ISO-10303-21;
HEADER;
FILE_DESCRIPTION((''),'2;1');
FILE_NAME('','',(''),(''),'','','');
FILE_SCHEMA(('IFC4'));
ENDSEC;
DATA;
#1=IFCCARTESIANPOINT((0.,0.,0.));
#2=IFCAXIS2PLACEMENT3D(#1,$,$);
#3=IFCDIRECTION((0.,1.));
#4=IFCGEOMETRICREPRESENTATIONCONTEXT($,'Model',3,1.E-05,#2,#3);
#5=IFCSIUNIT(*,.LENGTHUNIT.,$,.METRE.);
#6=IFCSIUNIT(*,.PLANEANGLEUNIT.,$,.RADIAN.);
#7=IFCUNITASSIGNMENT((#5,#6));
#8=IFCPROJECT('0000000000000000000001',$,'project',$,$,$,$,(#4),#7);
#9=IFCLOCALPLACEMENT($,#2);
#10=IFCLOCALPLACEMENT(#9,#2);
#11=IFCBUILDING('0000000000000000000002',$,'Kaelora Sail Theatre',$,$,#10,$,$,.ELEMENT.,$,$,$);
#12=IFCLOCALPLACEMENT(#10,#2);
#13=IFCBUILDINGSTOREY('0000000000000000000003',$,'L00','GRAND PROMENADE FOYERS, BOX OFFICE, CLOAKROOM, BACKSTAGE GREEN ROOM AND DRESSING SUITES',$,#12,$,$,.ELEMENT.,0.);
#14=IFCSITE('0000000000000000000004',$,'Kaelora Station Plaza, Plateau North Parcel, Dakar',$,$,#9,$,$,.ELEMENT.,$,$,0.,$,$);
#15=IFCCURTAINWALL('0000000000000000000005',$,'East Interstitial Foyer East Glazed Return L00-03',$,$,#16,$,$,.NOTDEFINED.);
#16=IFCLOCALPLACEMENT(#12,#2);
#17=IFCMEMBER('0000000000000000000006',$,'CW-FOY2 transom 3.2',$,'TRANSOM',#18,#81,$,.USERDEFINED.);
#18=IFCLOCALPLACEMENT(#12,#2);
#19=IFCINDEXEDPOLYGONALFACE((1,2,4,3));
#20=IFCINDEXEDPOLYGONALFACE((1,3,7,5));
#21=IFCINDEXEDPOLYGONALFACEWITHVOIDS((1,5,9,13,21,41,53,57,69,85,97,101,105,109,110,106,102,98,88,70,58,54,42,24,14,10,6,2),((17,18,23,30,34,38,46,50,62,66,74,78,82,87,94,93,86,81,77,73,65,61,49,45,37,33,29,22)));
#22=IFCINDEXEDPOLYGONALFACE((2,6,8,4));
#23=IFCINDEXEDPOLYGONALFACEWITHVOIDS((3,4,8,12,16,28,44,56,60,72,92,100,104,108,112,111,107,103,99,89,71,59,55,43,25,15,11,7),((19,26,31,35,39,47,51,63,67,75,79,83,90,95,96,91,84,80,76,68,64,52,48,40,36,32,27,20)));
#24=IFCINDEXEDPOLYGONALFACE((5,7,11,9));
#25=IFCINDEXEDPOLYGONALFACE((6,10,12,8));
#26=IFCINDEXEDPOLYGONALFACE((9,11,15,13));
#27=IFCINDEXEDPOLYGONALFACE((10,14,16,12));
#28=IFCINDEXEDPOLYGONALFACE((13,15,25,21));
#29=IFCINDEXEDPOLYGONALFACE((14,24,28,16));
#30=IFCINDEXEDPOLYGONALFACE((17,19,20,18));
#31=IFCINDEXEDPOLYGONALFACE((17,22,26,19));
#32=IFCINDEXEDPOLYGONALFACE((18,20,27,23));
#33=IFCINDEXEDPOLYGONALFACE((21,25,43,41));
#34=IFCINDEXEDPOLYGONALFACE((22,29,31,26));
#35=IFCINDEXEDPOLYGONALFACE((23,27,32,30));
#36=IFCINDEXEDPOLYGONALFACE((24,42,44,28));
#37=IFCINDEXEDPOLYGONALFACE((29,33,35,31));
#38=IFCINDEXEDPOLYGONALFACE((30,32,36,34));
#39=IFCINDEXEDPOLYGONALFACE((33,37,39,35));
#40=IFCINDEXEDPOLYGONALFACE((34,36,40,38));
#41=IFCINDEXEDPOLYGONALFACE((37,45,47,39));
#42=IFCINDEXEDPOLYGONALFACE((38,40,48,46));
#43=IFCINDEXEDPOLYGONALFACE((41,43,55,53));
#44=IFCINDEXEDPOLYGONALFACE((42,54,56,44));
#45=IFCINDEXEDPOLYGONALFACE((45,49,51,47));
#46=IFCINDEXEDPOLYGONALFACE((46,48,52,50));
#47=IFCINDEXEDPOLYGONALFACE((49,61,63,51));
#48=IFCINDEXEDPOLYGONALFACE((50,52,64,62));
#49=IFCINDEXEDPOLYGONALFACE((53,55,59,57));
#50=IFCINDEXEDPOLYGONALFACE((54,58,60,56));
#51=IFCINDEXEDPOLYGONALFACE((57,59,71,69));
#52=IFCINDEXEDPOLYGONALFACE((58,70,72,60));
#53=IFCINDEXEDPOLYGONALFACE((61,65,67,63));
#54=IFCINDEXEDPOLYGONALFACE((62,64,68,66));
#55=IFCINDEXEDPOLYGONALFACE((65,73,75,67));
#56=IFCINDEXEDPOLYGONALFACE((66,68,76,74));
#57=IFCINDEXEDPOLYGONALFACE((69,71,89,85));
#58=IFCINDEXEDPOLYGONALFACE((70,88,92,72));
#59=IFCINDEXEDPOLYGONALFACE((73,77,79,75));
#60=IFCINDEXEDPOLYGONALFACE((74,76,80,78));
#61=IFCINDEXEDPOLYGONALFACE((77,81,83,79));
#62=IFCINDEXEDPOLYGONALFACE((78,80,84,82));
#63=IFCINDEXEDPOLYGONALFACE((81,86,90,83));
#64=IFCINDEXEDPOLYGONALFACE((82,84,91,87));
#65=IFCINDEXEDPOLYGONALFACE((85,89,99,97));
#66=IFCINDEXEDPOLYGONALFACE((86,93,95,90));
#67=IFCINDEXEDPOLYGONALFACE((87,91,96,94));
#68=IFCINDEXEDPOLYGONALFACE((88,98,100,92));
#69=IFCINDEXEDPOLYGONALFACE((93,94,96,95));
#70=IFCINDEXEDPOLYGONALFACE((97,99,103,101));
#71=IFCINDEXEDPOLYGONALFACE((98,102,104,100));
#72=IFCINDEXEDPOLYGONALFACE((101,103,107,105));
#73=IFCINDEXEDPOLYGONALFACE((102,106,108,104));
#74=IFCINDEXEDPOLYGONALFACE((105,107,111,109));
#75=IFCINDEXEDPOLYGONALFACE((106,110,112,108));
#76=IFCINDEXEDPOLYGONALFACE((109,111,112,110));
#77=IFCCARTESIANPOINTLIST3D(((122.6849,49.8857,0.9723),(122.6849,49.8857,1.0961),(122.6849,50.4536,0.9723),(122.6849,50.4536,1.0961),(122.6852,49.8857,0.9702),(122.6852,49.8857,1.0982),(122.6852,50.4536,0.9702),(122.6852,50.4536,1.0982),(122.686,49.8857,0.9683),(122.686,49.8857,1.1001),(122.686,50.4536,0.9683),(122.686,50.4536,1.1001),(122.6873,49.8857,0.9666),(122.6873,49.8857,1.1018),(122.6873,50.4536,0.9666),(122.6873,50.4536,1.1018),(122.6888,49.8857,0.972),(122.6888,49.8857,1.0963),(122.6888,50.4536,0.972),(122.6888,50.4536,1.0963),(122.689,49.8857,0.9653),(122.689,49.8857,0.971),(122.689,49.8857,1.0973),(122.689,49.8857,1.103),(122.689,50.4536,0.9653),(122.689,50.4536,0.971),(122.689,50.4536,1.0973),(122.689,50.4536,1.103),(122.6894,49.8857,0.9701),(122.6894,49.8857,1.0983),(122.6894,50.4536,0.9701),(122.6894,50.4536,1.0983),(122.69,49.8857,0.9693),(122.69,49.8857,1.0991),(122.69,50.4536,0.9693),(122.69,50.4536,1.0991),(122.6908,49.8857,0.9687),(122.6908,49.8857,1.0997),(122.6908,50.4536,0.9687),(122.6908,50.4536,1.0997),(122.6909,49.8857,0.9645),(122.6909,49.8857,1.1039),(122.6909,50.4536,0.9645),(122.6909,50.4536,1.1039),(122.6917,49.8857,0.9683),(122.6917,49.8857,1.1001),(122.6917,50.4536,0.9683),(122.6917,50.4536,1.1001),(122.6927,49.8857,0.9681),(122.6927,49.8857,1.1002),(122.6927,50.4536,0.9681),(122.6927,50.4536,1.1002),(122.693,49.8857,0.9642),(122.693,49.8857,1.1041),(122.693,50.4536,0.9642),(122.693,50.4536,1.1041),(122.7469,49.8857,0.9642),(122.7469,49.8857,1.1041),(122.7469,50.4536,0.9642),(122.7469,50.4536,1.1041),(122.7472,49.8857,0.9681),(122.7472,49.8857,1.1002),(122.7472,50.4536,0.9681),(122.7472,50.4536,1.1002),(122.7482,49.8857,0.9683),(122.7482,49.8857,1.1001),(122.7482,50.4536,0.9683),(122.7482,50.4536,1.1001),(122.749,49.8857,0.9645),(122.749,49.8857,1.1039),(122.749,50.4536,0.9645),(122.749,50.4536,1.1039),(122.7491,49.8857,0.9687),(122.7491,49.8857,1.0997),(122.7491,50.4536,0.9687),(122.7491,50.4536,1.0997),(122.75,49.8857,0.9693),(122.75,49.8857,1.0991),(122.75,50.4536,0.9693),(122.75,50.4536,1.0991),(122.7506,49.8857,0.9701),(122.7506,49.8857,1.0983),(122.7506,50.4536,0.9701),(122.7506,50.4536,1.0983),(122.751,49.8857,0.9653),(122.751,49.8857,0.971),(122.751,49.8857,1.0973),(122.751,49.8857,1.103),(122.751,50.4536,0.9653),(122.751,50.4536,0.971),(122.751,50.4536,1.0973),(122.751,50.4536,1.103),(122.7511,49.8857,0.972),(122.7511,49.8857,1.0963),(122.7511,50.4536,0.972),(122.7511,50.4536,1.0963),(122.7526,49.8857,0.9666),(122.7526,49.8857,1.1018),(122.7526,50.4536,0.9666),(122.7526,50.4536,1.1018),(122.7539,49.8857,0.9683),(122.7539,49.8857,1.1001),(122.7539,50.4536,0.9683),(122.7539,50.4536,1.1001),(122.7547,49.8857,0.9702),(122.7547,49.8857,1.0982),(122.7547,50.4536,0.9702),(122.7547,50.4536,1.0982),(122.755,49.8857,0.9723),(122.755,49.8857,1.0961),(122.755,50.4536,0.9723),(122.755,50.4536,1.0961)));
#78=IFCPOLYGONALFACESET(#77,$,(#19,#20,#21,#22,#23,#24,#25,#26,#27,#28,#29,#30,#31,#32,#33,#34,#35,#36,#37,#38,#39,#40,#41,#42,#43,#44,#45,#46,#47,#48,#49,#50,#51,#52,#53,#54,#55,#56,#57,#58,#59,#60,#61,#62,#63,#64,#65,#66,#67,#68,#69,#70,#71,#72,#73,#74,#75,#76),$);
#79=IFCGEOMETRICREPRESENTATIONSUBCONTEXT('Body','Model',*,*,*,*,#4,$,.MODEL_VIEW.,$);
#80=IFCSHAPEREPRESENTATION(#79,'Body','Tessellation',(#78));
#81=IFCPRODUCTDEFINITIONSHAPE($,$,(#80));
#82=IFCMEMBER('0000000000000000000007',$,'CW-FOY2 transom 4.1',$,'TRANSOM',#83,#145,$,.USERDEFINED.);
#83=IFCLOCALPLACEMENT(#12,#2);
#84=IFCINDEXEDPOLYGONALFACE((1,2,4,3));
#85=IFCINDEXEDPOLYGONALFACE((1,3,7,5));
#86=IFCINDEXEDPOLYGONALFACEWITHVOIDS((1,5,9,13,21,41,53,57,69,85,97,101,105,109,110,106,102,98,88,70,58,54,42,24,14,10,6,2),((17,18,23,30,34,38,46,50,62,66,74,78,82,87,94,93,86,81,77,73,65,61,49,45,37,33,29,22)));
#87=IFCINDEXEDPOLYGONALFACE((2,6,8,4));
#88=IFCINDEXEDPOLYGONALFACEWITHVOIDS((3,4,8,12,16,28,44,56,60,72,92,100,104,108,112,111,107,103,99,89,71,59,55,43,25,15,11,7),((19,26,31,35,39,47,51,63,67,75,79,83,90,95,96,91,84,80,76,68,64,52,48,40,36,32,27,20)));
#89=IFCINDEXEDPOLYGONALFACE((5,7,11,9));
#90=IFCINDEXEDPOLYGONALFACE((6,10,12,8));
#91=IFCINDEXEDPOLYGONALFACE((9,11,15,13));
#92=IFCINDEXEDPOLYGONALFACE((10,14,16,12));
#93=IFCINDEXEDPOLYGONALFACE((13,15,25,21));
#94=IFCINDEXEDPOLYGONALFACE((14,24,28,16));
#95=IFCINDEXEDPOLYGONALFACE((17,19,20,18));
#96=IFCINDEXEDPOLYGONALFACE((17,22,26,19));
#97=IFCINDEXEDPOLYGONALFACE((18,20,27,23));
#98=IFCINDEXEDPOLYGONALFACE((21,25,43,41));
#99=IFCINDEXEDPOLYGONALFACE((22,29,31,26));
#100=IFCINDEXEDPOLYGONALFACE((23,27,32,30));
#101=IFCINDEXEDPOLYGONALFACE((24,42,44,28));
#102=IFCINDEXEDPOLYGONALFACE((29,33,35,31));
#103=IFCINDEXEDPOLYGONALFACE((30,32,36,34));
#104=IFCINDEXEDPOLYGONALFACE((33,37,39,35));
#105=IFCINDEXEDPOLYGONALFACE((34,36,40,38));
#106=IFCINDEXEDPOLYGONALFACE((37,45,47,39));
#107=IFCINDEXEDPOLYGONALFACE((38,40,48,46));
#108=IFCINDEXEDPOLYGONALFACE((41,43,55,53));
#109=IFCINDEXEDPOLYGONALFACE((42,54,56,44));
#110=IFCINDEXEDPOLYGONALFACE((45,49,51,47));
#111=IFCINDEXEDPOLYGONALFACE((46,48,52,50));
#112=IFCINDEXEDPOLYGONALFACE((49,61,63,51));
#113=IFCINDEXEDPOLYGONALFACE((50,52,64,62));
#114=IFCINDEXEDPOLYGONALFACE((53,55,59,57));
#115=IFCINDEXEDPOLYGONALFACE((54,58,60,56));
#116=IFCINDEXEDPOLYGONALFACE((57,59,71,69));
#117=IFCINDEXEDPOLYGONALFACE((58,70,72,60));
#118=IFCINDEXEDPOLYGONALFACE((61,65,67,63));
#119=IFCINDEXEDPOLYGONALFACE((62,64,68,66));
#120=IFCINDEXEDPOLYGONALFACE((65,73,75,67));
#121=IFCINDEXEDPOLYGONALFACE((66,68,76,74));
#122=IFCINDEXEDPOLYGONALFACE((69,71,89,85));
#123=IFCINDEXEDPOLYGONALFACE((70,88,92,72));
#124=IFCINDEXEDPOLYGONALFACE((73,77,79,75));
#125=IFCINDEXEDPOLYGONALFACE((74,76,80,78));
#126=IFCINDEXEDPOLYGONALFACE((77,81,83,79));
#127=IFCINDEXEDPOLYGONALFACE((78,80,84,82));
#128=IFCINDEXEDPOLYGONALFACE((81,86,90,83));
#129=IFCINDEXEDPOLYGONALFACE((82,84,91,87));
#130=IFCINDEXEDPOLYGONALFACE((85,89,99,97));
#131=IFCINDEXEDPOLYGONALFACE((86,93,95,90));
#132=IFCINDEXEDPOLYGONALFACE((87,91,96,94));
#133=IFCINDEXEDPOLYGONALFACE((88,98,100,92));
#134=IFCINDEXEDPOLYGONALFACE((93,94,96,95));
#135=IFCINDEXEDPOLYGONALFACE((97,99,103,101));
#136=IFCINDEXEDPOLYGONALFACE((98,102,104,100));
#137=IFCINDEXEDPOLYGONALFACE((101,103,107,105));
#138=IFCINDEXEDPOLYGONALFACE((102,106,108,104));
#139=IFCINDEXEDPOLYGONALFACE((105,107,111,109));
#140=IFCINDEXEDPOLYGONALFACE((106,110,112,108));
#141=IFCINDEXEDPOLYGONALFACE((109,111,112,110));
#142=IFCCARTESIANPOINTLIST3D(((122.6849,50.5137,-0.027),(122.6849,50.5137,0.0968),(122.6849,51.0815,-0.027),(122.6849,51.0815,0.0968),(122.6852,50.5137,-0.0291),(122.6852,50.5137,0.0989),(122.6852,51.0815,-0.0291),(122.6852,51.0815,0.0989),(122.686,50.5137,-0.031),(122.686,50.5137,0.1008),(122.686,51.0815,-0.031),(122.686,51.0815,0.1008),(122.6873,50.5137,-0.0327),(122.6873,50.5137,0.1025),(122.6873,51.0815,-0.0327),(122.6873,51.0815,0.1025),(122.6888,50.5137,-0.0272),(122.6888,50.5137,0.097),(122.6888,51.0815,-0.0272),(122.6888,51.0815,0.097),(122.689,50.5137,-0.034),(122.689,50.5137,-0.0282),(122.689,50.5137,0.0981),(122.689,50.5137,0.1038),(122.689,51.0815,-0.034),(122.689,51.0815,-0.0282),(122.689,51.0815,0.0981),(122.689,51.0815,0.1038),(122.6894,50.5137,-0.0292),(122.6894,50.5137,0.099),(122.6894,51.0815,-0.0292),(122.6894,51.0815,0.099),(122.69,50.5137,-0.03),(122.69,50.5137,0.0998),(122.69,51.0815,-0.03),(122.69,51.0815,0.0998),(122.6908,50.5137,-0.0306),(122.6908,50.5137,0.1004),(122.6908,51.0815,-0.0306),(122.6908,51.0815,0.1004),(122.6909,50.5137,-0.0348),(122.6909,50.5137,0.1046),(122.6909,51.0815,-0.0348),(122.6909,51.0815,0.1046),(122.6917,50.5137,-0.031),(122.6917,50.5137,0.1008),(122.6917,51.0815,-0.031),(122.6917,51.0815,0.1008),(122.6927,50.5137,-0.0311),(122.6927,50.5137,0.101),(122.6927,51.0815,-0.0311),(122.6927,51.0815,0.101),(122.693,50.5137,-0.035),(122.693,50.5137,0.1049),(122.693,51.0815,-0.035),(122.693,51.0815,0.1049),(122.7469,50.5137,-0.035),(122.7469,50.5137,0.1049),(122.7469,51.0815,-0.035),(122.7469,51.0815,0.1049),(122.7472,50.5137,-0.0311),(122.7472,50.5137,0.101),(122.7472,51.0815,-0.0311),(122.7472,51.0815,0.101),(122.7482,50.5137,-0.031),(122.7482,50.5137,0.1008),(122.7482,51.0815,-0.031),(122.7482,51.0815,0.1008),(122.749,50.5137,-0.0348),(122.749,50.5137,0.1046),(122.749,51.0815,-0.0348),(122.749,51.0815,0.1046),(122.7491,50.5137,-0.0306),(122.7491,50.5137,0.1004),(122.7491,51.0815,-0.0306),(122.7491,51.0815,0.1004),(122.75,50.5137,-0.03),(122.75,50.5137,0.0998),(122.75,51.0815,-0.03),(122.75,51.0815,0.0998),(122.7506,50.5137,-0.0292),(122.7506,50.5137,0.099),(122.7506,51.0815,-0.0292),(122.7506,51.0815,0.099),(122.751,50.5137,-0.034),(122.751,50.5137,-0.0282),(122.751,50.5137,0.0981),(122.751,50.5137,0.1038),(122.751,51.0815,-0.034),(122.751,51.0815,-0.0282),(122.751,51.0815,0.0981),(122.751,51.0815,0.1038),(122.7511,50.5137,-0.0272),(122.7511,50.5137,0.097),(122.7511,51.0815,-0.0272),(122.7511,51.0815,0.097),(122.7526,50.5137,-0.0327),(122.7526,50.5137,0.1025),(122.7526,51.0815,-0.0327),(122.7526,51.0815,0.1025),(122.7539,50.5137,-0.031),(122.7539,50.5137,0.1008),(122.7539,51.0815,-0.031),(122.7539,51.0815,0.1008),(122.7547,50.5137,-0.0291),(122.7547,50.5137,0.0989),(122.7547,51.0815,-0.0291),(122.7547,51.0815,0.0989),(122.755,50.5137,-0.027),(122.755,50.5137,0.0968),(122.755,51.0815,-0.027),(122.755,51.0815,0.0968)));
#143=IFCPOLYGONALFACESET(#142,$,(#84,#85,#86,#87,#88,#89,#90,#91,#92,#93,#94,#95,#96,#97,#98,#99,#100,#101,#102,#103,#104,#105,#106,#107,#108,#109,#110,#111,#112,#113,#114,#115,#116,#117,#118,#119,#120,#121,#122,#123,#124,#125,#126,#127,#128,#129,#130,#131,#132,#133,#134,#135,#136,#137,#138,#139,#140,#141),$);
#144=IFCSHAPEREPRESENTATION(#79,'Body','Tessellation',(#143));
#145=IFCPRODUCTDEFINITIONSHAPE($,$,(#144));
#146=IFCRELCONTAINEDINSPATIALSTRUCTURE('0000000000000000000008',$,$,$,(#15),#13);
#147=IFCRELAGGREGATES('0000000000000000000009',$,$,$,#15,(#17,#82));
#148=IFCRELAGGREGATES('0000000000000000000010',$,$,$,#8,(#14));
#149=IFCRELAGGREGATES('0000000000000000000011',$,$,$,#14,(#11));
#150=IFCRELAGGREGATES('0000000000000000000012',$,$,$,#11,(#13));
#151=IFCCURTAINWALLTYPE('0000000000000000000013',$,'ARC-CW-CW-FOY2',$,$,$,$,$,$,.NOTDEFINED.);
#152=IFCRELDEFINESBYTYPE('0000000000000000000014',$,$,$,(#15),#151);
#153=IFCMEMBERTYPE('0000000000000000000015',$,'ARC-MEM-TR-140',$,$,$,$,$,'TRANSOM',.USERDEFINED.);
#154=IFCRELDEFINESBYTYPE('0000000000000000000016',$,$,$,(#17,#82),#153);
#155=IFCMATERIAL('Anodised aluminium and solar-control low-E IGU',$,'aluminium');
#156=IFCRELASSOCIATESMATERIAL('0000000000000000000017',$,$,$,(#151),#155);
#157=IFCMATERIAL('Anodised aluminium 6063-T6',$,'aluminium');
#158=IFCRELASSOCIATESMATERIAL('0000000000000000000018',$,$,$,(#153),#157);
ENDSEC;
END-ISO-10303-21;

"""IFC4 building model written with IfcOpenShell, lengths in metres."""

from ifc_helpers import new_model, si_unit, direction, frame, origin, origin_2d, place, context, subcontext, project, spatial, hollow_rectangle, extrude, material, material_profile, profile_set, type_object, element, aggregate, save


model = new_model("IFC4")

# Units and contexts
model_context = context("Model", 3, precision=1e-05, world=origin(), true_north=direction((0.0, 1.0)))
body_context = subcontext(model_context, "Body", "Model", "MODEL_VIEW")
ifc_project = project(units=[si_unit("LENGTHUNIT", "METRE"), si_unit("PLANEANGLEUNIT", "RADIAN")], contexts=[model_context])

# Site, building, storey
site_placement = place(None, origin())
site = spatial("IfcSite", under=ifc_project, at=site_placement, Name="Kaelora Station Plaza, Plateau North Parcel, Dakar", CompositionType="ELEMENT", RefElevation=0.0)
building_placement = place(site_placement, origin())
building = spatial("IfcBuilding", under=site, at=building_placement, Name="Kaelora Sail Theatre", CompositionType="ELEMENT")
storey_placement = place(building_placement, origin())
storey = spatial("IfcBuildingStorey", under=building, at=storey_placement, Name="L00", Description="GRAND PROMENADE FOYERS, BOX OFFICE, CLOAKROOM, BACKSTAGE GREEN ROOM AND DRESSING SUITES", CompositionType="ELEMENT", Elevation=0.0)

# Curtain wall, members
ifc_material_1 = material(Name="Anodised aluminium and solar-control low-E IGU", Category="aluminium")
curtain_wall_type = type_object("IfcCurtainWallType", Name="ARC-CW-CW-FOY2", PredefinedType="NOTDEFINED", material=ifc_material_1)
curtain_wall_placement = place(storey_placement, origin())
curtain_wall = element("IfcCurtainWall", 1, at=curtain_wall_placement, inside=storey, type_object=curtain_wall_type, Name="East Interstitial Foyer East Glazed Return L00-03", PredefinedType="NOTDEFINED")
ifc_material_2 = material(Name="Anodised aluminium 6063-T6", Category="aluminium")
ifc_material_profile_1 = material_profile(ifc_material_2, hollow_rectangle(XDim=0.0701, YDim=0.1399, WallThickness=0.0039, InnerFilletRadius=0.0039, OuterFilletRadius=0.0081, at=origin_2d()), Name="ALU-TRAN 70x140x4")
ifc_profile_set_1 = profile_set([ifc_material_profile_1], Name="Anodised aluminium 6063-T6")
member_type_1 = type_object("IfcMemberType", Name="ARC-MEM-TR-140", ElementType="TRANSOM", PredefinedType="USERDEFINED", material=ifc_profile_set_1)
member_1_placement = place(storey_placement, frame((122.72, 49.8857, 1.0342), z_axis=(0.0, 1.0, 0.0), x_axis=(-1.0, 0.0, 0.0)))
member_1 = element("IfcMember", 2, at=member_1_placement, type_object=member_type_1, Name="CW-FOY2 transom 3.2", ObjectType="TRANSOM", PredefinedType="USERDEFINED", context=body_context, shape_type="SweptSolid", body=[
    extrude(hollow_rectangle(XDim=0.0701, YDim=0.1399, WallThickness=0.0039, InnerFilletRadius=0.0039, OuterFilletRadius=0.0081, at=origin_2d()), origin(), (0.0, 0.0, 1.0), 0.5679),
])
member_2_placement = place(storey_placement, frame((122.72, 50.5137, 0.0349), z_axis=(0.0, 1.0, 0.0), x_axis=(-1.0, 0.0, 0.0)))
member_2 = element("IfcMember", 3, at=member_2_placement, type_object=member_type_1, Name="CW-FOY2 transom 4.1", ObjectType="TRANSOM", PredefinedType="USERDEFINED", context=body_context, shape_type="SweptSolid", body=[
    extrude(hollow_rectangle(XDim=0.0701, YDim=0.1399, WallThickness=0.0039, InnerFilletRadius=0.0039, OuterFilletRadius=0.0081, at=origin_2d()), origin(), (0.0, 0.0, 1.0), 0.5679),
])
aggregate(curtain_wall, [member_1, member_2])

save(model, "model.ifc")
